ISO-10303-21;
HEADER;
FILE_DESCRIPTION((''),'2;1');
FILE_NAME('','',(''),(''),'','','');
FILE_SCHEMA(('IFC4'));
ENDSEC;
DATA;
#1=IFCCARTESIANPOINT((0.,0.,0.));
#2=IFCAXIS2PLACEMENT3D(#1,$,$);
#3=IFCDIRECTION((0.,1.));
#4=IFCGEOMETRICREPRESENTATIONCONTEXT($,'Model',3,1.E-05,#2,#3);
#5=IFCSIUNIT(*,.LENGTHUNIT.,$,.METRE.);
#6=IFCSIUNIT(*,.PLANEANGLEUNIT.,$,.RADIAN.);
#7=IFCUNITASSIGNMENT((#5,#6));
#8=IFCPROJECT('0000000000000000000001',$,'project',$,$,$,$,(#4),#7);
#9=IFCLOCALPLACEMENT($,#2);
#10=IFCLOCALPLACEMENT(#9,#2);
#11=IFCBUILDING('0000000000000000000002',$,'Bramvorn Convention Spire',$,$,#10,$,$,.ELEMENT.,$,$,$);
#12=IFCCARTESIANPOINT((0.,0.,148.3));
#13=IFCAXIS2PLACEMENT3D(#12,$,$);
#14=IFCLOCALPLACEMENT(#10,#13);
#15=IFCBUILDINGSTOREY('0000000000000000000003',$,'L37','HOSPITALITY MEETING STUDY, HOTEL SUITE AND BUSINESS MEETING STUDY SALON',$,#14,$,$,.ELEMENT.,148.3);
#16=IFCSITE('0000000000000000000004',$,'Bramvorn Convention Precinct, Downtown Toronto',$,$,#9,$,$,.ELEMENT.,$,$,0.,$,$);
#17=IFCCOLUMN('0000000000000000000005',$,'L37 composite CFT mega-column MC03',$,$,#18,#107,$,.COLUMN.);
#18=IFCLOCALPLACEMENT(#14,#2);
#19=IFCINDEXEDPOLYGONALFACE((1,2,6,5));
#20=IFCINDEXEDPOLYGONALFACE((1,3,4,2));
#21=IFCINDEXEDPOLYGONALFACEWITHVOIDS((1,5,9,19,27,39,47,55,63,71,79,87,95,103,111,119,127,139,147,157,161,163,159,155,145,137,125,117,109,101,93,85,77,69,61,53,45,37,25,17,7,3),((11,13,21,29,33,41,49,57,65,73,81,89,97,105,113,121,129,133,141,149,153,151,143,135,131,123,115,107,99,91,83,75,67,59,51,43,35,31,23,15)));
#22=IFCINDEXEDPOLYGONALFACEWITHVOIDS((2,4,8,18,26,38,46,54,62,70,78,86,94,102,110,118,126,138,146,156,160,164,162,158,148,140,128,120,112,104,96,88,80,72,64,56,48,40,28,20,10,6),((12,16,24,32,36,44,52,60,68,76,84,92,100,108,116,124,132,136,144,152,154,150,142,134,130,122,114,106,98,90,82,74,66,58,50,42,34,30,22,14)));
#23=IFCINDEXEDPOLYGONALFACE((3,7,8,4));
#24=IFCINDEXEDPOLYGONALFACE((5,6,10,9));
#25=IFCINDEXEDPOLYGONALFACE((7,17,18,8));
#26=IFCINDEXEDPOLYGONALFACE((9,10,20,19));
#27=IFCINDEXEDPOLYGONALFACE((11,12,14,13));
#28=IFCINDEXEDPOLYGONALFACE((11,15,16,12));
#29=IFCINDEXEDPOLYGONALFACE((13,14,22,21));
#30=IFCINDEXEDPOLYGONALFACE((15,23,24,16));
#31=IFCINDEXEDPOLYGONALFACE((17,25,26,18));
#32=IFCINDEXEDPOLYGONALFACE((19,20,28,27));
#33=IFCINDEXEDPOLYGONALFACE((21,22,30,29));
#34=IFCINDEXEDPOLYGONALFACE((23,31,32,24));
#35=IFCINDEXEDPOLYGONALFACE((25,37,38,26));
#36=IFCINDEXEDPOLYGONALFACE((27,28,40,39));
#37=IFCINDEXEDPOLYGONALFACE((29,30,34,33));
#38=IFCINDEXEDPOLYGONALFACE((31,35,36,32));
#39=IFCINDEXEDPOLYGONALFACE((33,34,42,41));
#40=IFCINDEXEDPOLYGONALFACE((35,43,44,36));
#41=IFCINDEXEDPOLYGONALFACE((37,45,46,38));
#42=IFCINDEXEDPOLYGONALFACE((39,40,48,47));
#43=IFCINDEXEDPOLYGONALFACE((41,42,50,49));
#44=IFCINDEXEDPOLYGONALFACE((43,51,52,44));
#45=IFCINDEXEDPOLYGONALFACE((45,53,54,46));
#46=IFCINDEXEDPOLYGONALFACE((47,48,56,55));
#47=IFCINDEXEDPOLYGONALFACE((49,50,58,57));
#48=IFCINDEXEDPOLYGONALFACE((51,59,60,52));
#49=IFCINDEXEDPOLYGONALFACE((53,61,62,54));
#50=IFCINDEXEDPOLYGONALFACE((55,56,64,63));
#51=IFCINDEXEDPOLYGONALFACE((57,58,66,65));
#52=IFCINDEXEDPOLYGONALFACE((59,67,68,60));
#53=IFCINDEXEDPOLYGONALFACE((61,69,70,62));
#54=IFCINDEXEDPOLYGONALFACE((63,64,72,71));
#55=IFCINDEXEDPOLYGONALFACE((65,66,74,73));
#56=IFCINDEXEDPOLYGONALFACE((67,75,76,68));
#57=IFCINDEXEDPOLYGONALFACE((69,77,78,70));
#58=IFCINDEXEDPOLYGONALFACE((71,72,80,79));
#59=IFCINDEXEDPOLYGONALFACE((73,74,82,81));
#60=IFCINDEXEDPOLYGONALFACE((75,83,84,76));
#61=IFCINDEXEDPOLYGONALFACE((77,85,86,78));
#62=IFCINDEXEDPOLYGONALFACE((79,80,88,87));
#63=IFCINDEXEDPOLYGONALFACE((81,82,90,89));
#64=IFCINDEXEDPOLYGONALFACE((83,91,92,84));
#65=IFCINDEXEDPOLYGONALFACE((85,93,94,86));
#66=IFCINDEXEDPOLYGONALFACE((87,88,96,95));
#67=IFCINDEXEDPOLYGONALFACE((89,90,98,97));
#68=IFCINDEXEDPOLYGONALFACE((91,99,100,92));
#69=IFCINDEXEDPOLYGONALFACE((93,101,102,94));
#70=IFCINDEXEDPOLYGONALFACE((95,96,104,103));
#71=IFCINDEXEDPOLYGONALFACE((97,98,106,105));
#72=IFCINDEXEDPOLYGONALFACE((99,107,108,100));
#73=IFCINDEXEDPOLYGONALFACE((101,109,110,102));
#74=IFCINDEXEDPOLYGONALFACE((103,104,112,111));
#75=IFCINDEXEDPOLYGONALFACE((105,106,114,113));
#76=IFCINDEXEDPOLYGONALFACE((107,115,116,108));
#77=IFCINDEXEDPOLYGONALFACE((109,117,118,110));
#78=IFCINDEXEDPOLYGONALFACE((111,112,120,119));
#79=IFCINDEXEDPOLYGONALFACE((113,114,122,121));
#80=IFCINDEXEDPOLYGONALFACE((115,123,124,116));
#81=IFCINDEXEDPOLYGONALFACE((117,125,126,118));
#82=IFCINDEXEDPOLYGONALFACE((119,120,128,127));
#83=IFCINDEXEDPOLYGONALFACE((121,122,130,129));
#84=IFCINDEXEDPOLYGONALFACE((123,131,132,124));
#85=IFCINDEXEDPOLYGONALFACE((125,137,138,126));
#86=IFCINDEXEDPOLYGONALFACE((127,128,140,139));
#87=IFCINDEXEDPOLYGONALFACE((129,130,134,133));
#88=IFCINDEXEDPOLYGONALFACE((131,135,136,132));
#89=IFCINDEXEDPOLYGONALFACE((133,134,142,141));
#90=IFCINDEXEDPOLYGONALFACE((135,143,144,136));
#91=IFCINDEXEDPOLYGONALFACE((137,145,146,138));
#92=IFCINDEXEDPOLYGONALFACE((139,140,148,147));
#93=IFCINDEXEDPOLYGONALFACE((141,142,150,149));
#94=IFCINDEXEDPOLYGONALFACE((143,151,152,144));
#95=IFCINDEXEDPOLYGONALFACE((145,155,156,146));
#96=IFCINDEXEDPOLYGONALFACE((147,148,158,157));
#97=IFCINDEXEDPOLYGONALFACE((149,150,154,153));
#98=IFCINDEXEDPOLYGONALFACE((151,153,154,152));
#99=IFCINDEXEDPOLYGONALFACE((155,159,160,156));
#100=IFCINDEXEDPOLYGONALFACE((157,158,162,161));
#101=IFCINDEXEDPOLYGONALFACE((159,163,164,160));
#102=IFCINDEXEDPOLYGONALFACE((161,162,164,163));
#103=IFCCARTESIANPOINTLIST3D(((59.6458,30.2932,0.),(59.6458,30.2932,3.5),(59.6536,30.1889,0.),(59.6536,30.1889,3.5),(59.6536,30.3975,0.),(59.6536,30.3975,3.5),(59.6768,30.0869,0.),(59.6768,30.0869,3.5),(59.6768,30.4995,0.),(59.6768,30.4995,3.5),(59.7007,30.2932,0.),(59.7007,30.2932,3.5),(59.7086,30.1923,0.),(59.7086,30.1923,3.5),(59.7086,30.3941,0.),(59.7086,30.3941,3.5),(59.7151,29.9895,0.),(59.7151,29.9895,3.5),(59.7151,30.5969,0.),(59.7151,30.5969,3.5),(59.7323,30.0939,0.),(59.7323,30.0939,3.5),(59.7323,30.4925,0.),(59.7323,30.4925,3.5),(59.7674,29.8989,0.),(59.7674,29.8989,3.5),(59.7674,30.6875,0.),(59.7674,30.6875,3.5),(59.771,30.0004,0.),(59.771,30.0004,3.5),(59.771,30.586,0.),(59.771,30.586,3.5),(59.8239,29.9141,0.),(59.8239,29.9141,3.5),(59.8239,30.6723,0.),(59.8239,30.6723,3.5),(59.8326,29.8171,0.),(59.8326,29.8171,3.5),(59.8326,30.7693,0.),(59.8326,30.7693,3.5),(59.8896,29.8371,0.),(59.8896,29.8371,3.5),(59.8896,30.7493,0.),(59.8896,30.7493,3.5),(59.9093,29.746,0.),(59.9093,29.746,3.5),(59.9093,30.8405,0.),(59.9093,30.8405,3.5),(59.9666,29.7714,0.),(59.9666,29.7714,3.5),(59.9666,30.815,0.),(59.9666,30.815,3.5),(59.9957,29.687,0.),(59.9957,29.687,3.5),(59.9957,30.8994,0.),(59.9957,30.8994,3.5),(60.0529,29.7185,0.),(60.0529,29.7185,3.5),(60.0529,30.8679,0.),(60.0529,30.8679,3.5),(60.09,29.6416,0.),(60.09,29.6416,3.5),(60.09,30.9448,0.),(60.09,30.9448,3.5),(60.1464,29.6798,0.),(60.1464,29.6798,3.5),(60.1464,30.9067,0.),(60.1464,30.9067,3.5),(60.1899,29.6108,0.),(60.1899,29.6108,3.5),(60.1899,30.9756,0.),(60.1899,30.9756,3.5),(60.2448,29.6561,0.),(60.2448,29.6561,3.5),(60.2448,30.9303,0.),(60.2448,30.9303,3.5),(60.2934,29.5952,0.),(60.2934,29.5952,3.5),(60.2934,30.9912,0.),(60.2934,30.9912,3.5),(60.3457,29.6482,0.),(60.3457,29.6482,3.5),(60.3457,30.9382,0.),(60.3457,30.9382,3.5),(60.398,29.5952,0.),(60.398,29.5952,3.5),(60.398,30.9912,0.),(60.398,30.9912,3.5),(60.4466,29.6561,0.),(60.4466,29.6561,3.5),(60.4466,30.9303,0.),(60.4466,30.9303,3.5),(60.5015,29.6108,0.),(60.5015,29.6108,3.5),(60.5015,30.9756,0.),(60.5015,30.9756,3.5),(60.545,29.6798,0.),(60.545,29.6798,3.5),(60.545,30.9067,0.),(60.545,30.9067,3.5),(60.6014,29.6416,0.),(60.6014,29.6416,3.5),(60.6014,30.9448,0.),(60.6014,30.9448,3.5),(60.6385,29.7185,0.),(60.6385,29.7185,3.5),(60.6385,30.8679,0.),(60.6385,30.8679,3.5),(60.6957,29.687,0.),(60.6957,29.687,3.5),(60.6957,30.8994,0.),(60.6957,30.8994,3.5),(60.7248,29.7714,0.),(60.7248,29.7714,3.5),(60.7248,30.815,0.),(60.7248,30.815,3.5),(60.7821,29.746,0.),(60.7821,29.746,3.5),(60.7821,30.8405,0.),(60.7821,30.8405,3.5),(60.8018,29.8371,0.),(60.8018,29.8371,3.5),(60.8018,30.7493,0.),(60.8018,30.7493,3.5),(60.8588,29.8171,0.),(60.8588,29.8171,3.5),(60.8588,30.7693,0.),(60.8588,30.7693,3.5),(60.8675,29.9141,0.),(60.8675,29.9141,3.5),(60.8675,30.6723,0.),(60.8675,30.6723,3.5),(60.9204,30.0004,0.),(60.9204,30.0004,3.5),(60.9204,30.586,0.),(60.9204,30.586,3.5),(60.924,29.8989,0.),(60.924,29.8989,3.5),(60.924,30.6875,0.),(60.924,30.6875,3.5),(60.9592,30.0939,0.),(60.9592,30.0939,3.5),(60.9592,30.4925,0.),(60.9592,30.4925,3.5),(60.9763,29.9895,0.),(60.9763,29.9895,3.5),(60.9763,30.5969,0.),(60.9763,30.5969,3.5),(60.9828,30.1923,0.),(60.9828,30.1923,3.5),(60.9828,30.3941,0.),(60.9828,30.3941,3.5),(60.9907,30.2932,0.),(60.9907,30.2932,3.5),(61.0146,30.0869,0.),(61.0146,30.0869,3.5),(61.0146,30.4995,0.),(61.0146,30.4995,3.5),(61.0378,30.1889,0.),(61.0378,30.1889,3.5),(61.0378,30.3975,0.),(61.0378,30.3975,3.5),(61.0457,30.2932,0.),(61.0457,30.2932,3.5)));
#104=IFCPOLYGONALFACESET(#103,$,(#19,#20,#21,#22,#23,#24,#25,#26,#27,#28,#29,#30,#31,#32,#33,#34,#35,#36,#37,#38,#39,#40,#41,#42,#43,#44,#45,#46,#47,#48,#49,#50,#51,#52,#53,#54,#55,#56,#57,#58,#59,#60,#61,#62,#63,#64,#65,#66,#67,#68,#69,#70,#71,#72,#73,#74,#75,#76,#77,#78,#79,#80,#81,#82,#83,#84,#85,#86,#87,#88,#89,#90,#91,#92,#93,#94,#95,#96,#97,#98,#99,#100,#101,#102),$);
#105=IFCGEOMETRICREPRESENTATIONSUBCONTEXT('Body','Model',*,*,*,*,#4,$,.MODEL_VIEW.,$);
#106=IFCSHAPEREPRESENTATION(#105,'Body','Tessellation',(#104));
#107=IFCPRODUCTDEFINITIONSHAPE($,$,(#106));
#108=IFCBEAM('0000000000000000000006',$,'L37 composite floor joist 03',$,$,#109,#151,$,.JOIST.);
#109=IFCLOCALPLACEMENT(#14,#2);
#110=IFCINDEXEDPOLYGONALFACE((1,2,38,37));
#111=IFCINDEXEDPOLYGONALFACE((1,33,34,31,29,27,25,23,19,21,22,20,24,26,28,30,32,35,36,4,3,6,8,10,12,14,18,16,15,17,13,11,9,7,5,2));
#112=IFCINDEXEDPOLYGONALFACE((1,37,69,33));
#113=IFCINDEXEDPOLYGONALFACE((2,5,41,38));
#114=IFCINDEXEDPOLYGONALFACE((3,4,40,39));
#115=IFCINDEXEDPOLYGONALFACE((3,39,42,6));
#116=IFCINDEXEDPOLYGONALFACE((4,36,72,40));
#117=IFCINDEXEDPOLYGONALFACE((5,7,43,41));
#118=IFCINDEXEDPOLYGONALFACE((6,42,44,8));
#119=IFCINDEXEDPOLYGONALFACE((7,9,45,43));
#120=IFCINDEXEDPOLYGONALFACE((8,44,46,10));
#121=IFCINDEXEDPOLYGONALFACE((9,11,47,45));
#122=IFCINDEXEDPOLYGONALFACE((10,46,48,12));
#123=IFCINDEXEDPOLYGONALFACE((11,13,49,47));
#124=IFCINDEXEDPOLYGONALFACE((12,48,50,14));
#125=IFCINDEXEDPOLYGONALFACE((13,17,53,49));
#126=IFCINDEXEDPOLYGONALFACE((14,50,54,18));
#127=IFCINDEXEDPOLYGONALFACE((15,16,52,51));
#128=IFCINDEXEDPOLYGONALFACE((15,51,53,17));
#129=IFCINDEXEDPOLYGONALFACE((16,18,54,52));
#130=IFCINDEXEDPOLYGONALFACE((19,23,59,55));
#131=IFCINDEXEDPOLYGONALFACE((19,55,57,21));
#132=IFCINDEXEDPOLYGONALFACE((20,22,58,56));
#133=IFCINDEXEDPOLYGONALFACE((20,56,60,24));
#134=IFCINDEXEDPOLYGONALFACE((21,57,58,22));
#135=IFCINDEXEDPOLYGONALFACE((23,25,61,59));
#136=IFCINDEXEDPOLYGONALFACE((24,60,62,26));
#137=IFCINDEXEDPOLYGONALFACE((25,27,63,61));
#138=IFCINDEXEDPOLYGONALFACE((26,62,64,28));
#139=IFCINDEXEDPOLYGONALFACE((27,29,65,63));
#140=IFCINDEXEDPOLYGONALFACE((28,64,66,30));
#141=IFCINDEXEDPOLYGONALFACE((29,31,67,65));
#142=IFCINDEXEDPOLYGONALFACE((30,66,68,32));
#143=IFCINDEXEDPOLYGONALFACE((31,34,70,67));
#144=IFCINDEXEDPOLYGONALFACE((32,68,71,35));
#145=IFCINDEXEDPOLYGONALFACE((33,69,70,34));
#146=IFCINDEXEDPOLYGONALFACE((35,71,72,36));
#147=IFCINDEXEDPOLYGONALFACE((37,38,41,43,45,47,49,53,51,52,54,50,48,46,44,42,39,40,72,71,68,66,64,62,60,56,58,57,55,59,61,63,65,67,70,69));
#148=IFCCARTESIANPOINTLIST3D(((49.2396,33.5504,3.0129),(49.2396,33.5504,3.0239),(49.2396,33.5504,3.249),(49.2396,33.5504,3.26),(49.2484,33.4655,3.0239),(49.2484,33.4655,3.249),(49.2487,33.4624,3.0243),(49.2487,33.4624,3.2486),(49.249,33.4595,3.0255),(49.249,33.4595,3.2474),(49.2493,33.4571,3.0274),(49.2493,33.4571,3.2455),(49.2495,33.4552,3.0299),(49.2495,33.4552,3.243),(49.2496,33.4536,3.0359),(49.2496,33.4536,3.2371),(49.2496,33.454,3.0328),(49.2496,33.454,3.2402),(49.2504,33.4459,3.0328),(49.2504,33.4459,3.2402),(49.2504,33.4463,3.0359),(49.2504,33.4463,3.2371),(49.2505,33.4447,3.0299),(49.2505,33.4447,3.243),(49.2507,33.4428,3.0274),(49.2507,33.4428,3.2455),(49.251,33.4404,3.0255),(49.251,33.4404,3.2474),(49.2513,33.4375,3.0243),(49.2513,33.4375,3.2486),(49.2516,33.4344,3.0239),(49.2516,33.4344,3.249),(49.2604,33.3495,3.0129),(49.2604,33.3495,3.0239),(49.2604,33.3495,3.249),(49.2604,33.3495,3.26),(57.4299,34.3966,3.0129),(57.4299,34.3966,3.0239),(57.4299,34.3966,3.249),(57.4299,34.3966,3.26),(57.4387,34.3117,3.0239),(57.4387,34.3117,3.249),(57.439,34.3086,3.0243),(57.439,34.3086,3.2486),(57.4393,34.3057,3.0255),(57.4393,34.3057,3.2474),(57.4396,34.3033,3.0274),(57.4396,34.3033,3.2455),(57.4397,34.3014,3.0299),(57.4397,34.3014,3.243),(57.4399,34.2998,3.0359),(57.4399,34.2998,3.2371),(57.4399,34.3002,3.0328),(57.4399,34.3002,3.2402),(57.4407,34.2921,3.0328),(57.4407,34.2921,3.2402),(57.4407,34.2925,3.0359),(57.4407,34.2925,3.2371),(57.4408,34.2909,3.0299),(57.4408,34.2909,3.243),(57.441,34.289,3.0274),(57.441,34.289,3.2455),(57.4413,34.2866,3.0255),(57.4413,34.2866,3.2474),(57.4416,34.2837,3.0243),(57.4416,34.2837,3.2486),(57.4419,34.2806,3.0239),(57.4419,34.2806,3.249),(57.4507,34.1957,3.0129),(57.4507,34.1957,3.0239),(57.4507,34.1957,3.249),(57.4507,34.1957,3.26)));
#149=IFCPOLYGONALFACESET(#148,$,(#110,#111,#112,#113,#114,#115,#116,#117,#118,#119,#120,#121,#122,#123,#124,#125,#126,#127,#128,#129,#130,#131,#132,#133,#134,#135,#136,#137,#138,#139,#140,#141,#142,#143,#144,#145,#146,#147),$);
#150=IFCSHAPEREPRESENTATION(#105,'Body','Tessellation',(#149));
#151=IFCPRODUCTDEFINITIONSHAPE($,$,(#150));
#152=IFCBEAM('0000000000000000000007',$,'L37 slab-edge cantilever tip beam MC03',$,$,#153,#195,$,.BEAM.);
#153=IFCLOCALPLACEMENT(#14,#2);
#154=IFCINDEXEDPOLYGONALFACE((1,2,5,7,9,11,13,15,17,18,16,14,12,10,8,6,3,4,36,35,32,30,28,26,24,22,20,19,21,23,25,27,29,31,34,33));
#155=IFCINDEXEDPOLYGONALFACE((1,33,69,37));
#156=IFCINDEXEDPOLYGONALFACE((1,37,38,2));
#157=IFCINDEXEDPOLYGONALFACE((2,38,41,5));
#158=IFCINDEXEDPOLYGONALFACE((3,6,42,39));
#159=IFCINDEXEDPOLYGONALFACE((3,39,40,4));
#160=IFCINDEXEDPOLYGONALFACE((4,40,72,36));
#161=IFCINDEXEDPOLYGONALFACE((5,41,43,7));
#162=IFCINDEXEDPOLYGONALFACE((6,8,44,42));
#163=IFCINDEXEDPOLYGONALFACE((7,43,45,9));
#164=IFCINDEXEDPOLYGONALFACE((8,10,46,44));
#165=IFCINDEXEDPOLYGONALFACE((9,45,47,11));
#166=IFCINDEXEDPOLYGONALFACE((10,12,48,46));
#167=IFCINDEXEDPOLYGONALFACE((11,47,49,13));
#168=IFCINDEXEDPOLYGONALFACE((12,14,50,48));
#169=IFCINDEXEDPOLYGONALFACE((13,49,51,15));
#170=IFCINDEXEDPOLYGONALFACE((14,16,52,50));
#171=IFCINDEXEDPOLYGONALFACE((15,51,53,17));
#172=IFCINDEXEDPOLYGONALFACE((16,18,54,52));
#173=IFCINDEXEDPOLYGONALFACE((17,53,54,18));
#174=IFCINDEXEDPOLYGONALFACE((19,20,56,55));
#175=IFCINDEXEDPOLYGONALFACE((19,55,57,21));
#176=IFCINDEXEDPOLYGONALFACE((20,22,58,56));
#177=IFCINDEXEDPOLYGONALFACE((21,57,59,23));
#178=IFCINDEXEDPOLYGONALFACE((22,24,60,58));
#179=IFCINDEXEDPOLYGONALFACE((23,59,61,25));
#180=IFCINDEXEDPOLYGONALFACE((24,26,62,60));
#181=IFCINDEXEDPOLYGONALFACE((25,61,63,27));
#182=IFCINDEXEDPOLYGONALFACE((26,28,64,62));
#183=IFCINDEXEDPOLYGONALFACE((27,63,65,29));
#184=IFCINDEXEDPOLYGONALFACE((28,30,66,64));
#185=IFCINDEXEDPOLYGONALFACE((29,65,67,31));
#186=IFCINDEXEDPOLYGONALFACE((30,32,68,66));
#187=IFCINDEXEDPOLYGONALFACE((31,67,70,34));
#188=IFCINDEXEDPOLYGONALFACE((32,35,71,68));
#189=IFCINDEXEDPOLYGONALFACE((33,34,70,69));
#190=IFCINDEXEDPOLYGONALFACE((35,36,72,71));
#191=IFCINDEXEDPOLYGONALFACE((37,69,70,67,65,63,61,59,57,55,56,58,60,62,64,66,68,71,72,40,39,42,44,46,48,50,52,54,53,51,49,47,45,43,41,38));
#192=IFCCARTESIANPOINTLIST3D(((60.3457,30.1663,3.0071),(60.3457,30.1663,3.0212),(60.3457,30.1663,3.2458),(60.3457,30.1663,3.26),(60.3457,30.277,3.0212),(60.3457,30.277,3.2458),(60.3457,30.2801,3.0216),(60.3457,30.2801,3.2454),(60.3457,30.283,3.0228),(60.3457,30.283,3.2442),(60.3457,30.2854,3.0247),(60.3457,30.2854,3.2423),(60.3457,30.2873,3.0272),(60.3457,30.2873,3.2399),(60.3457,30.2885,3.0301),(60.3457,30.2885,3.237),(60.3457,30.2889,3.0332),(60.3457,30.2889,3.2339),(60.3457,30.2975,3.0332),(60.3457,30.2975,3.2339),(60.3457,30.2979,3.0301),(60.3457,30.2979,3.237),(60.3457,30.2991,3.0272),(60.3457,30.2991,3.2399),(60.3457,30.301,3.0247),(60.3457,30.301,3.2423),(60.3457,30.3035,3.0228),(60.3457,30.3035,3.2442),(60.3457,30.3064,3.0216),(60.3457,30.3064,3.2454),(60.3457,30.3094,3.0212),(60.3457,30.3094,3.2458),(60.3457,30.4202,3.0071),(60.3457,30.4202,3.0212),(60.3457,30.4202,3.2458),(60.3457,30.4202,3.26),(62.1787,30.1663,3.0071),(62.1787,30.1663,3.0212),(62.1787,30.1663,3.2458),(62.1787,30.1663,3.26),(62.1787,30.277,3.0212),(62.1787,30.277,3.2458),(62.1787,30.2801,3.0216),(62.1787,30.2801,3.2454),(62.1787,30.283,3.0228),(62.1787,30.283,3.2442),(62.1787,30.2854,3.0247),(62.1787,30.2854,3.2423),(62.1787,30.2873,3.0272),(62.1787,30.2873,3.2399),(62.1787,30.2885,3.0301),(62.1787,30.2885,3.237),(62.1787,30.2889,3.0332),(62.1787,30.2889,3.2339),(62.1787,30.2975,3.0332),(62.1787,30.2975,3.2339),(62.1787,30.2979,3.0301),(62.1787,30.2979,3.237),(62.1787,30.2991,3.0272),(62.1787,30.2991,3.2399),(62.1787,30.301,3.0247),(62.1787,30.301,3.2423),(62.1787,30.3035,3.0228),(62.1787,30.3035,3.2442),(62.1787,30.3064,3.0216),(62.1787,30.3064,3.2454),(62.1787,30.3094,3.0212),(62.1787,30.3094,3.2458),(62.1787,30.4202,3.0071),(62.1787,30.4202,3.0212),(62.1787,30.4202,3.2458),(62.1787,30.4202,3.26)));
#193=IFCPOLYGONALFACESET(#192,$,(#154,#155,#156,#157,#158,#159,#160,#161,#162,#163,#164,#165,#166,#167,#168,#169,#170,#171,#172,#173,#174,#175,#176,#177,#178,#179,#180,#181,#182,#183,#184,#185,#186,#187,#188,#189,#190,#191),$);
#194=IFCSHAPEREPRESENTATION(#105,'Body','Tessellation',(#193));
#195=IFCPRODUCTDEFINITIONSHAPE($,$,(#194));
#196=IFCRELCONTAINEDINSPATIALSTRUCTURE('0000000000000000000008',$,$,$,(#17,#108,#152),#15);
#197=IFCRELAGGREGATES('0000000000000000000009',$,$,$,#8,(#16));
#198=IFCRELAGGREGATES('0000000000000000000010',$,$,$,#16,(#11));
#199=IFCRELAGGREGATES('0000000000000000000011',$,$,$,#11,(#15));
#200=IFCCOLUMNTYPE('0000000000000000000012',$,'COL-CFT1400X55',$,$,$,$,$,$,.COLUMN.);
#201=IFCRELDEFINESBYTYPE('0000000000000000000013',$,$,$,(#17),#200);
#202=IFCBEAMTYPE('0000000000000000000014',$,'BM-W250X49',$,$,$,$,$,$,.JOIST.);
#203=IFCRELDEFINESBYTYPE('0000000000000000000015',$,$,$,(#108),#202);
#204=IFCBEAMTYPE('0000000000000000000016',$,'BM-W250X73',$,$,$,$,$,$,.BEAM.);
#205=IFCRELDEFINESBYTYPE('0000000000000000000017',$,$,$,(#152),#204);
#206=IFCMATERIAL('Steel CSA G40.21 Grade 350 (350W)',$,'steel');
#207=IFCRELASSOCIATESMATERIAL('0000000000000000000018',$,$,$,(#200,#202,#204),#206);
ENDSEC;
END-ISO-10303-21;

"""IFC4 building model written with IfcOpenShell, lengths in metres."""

from ifc_helpers import new_model, si_unit, direction, frame, origin, origin_2d, place, context, subcontext, project, spatial, hollow_circle, i_section, extrude, material, material_profile, profile_set, type_object, element, save


model = new_model("IFC4")

# Units and contexts
model_context = context("Model", 3, precision=1e-05, world=origin(), true_north=direction((0.0, 1.0)))
body_context = subcontext(model_context, "Body", "Model", "MODEL_VIEW")
ifc_project = project(units=[si_unit("LENGTHUNIT", "METRE"), si_unit("PLANEANGLEUNIT", "RADIAN")], contexts=[model_context])

# Site, building, storey
site_placement = place(None, origin())
site = spatial("IfcSite", under=ifc_project, at=site_placement, Name="Bramvorn Convention Precinct, Downtown Toronto", CompositionType="ELEMENT", RefElevation=0.0)
building_placement = place(site_placement, origin())
building = spatial("IfcBuilding", under=site, at=building_placement, Name="Bramvorn Convention Spire", CompositionType="ELEMENT")
storey_placement = place(building_placement, frame((0.0, 0.0, 148.3)))
storey = spatial("IfcBuildingStorey", under=building, at=storey_placement, Name="L37", Description="HOSPITALITY MEETING STUDY, HOTEL SUITE AND BUSINESS MEETING STUDY SALON", CompositionType="ELEMENT", Elevation=148.3)

# Column
ifc_material_1 = material(Name="Steel CSA G40.21 Grade 350 (350W)", Category="steel")
ifc_material_profile_1 = material_profile(ifc_material_1, hollow_circle(Radius=0.7, WallThickness=0.0549, at=origin_2d()))
ifc_profile_set_1 = profile_set([ifc_material_profile_1], Name="Steel CSA G40.21 Grade 350 (350W) - CFT1400X55")
column_type = type_object("IfcColumnType", Name="COL-CFT1400X55", PredefinedType="COLUMN", material=ifc_profile_set_1)
column_placement = place(storey_placement, frame((60.3457, 30.2932, 0.0), z_axis=(0.0, 0.0, 1.0), x_axis=(1.0, 0.0, 0.0)))
element("IfcColumn", 1, at=column_placement, inside=storey, type_object=column_type, Name="L37 composite CFT mega-column MC03", PredefinedType="COLUMN", context=body_context, shape_type="SweptSolid", body=[
    extrude(hollow_circle(Radius=0.7, WallThickness=0.0549, at=origin_2d()), origin(), (0.0, 0.0, 1.0), 3.5),
])

# Beams
ifc_material_profile_2 = material_profile(ifc_material_1, i_section(OverallWidth=0.2019, OverallDepth=0.2471, WebThickness=0.0073, FlangeThickness=0.011, FilletRadius=0.012, at=origin_2d()))
ifc_profile_set_2 = profile_set([ifc_material_profile_2], Name="Steel CSA G40.21 Grade 350 (350W) - W250X49")
beam_type_1 = type_object("IfcBeamType", Name="BM-W250X49", PredefinedType="JOIST", material=ifc_profile_set_2)
beam_1_placement = place(storey_placement, frame((49.25, 33.45, 3.1365), z_axis=(0.994705, 0.102771, 0.0), x_axis=(-0.102771, 0.994705, 0.0)))
element("IfcBeam", 2, at=beam_1_placement, inside=storey, type_object=beam_type_1, Name="L37 composite floor joist 03", PredefinedType="JOIST", context=body_context, shape_type="SweptSolid", body=[
    extrude(i_section(OverallWidth=0.2019, OverallDepth=0.2471, WebThickness=0.0073, FlangeThickness=0.011, FilletRadius=0.012, at=origin_2d()), origin(), (0.0, 0.0, 1.0), 8.2339),
])
ifc_material_profile_3 = material_profile(ifc_material_1, i_section(OverallWidth=0.2539, OverallDepth=0.2529, WebThickness=0.0085, FlangeThickness=0.0142, FilletRadius=0.012, at=origin_2d()))
ifc_profile_set_3 = profile_set([ifc_material_profile_3], Name="Steel CSA G40.21 Grade 350 (350W) - W250X73")
beam_type_2 = type_object("IfcBeamType", Name="BM-W250X73", PredefinedType="BEAM", material=ifc_profile_set_3)
beam_2_placement = place(storey_placement, frame((60.3457, 30.2932, 3.1335), z_axis=(1.0, 0.0, 0.0), x_axis=(0.0, 1.0, 0.0)))
element("IfcBeam", 3, at=beam_2_placement, inside=storey, type_object=beam_type_2, Name="L37 slab-edge cantilever tip beam MC03", PredefinedType="BEAM", context=body_context, shape_type="SweptSolid", body=[
    extrude(i_section(OverallWidth=0.2539, OverallDepth=0.2529, WebThickness=0.0085, FlangeThickness=0.0142, FilletRadius=0.012, at=origin_2d()), origin(), (0.0, 0.0, 1.0), 1.833),
])

save(model, "model.ifc")
